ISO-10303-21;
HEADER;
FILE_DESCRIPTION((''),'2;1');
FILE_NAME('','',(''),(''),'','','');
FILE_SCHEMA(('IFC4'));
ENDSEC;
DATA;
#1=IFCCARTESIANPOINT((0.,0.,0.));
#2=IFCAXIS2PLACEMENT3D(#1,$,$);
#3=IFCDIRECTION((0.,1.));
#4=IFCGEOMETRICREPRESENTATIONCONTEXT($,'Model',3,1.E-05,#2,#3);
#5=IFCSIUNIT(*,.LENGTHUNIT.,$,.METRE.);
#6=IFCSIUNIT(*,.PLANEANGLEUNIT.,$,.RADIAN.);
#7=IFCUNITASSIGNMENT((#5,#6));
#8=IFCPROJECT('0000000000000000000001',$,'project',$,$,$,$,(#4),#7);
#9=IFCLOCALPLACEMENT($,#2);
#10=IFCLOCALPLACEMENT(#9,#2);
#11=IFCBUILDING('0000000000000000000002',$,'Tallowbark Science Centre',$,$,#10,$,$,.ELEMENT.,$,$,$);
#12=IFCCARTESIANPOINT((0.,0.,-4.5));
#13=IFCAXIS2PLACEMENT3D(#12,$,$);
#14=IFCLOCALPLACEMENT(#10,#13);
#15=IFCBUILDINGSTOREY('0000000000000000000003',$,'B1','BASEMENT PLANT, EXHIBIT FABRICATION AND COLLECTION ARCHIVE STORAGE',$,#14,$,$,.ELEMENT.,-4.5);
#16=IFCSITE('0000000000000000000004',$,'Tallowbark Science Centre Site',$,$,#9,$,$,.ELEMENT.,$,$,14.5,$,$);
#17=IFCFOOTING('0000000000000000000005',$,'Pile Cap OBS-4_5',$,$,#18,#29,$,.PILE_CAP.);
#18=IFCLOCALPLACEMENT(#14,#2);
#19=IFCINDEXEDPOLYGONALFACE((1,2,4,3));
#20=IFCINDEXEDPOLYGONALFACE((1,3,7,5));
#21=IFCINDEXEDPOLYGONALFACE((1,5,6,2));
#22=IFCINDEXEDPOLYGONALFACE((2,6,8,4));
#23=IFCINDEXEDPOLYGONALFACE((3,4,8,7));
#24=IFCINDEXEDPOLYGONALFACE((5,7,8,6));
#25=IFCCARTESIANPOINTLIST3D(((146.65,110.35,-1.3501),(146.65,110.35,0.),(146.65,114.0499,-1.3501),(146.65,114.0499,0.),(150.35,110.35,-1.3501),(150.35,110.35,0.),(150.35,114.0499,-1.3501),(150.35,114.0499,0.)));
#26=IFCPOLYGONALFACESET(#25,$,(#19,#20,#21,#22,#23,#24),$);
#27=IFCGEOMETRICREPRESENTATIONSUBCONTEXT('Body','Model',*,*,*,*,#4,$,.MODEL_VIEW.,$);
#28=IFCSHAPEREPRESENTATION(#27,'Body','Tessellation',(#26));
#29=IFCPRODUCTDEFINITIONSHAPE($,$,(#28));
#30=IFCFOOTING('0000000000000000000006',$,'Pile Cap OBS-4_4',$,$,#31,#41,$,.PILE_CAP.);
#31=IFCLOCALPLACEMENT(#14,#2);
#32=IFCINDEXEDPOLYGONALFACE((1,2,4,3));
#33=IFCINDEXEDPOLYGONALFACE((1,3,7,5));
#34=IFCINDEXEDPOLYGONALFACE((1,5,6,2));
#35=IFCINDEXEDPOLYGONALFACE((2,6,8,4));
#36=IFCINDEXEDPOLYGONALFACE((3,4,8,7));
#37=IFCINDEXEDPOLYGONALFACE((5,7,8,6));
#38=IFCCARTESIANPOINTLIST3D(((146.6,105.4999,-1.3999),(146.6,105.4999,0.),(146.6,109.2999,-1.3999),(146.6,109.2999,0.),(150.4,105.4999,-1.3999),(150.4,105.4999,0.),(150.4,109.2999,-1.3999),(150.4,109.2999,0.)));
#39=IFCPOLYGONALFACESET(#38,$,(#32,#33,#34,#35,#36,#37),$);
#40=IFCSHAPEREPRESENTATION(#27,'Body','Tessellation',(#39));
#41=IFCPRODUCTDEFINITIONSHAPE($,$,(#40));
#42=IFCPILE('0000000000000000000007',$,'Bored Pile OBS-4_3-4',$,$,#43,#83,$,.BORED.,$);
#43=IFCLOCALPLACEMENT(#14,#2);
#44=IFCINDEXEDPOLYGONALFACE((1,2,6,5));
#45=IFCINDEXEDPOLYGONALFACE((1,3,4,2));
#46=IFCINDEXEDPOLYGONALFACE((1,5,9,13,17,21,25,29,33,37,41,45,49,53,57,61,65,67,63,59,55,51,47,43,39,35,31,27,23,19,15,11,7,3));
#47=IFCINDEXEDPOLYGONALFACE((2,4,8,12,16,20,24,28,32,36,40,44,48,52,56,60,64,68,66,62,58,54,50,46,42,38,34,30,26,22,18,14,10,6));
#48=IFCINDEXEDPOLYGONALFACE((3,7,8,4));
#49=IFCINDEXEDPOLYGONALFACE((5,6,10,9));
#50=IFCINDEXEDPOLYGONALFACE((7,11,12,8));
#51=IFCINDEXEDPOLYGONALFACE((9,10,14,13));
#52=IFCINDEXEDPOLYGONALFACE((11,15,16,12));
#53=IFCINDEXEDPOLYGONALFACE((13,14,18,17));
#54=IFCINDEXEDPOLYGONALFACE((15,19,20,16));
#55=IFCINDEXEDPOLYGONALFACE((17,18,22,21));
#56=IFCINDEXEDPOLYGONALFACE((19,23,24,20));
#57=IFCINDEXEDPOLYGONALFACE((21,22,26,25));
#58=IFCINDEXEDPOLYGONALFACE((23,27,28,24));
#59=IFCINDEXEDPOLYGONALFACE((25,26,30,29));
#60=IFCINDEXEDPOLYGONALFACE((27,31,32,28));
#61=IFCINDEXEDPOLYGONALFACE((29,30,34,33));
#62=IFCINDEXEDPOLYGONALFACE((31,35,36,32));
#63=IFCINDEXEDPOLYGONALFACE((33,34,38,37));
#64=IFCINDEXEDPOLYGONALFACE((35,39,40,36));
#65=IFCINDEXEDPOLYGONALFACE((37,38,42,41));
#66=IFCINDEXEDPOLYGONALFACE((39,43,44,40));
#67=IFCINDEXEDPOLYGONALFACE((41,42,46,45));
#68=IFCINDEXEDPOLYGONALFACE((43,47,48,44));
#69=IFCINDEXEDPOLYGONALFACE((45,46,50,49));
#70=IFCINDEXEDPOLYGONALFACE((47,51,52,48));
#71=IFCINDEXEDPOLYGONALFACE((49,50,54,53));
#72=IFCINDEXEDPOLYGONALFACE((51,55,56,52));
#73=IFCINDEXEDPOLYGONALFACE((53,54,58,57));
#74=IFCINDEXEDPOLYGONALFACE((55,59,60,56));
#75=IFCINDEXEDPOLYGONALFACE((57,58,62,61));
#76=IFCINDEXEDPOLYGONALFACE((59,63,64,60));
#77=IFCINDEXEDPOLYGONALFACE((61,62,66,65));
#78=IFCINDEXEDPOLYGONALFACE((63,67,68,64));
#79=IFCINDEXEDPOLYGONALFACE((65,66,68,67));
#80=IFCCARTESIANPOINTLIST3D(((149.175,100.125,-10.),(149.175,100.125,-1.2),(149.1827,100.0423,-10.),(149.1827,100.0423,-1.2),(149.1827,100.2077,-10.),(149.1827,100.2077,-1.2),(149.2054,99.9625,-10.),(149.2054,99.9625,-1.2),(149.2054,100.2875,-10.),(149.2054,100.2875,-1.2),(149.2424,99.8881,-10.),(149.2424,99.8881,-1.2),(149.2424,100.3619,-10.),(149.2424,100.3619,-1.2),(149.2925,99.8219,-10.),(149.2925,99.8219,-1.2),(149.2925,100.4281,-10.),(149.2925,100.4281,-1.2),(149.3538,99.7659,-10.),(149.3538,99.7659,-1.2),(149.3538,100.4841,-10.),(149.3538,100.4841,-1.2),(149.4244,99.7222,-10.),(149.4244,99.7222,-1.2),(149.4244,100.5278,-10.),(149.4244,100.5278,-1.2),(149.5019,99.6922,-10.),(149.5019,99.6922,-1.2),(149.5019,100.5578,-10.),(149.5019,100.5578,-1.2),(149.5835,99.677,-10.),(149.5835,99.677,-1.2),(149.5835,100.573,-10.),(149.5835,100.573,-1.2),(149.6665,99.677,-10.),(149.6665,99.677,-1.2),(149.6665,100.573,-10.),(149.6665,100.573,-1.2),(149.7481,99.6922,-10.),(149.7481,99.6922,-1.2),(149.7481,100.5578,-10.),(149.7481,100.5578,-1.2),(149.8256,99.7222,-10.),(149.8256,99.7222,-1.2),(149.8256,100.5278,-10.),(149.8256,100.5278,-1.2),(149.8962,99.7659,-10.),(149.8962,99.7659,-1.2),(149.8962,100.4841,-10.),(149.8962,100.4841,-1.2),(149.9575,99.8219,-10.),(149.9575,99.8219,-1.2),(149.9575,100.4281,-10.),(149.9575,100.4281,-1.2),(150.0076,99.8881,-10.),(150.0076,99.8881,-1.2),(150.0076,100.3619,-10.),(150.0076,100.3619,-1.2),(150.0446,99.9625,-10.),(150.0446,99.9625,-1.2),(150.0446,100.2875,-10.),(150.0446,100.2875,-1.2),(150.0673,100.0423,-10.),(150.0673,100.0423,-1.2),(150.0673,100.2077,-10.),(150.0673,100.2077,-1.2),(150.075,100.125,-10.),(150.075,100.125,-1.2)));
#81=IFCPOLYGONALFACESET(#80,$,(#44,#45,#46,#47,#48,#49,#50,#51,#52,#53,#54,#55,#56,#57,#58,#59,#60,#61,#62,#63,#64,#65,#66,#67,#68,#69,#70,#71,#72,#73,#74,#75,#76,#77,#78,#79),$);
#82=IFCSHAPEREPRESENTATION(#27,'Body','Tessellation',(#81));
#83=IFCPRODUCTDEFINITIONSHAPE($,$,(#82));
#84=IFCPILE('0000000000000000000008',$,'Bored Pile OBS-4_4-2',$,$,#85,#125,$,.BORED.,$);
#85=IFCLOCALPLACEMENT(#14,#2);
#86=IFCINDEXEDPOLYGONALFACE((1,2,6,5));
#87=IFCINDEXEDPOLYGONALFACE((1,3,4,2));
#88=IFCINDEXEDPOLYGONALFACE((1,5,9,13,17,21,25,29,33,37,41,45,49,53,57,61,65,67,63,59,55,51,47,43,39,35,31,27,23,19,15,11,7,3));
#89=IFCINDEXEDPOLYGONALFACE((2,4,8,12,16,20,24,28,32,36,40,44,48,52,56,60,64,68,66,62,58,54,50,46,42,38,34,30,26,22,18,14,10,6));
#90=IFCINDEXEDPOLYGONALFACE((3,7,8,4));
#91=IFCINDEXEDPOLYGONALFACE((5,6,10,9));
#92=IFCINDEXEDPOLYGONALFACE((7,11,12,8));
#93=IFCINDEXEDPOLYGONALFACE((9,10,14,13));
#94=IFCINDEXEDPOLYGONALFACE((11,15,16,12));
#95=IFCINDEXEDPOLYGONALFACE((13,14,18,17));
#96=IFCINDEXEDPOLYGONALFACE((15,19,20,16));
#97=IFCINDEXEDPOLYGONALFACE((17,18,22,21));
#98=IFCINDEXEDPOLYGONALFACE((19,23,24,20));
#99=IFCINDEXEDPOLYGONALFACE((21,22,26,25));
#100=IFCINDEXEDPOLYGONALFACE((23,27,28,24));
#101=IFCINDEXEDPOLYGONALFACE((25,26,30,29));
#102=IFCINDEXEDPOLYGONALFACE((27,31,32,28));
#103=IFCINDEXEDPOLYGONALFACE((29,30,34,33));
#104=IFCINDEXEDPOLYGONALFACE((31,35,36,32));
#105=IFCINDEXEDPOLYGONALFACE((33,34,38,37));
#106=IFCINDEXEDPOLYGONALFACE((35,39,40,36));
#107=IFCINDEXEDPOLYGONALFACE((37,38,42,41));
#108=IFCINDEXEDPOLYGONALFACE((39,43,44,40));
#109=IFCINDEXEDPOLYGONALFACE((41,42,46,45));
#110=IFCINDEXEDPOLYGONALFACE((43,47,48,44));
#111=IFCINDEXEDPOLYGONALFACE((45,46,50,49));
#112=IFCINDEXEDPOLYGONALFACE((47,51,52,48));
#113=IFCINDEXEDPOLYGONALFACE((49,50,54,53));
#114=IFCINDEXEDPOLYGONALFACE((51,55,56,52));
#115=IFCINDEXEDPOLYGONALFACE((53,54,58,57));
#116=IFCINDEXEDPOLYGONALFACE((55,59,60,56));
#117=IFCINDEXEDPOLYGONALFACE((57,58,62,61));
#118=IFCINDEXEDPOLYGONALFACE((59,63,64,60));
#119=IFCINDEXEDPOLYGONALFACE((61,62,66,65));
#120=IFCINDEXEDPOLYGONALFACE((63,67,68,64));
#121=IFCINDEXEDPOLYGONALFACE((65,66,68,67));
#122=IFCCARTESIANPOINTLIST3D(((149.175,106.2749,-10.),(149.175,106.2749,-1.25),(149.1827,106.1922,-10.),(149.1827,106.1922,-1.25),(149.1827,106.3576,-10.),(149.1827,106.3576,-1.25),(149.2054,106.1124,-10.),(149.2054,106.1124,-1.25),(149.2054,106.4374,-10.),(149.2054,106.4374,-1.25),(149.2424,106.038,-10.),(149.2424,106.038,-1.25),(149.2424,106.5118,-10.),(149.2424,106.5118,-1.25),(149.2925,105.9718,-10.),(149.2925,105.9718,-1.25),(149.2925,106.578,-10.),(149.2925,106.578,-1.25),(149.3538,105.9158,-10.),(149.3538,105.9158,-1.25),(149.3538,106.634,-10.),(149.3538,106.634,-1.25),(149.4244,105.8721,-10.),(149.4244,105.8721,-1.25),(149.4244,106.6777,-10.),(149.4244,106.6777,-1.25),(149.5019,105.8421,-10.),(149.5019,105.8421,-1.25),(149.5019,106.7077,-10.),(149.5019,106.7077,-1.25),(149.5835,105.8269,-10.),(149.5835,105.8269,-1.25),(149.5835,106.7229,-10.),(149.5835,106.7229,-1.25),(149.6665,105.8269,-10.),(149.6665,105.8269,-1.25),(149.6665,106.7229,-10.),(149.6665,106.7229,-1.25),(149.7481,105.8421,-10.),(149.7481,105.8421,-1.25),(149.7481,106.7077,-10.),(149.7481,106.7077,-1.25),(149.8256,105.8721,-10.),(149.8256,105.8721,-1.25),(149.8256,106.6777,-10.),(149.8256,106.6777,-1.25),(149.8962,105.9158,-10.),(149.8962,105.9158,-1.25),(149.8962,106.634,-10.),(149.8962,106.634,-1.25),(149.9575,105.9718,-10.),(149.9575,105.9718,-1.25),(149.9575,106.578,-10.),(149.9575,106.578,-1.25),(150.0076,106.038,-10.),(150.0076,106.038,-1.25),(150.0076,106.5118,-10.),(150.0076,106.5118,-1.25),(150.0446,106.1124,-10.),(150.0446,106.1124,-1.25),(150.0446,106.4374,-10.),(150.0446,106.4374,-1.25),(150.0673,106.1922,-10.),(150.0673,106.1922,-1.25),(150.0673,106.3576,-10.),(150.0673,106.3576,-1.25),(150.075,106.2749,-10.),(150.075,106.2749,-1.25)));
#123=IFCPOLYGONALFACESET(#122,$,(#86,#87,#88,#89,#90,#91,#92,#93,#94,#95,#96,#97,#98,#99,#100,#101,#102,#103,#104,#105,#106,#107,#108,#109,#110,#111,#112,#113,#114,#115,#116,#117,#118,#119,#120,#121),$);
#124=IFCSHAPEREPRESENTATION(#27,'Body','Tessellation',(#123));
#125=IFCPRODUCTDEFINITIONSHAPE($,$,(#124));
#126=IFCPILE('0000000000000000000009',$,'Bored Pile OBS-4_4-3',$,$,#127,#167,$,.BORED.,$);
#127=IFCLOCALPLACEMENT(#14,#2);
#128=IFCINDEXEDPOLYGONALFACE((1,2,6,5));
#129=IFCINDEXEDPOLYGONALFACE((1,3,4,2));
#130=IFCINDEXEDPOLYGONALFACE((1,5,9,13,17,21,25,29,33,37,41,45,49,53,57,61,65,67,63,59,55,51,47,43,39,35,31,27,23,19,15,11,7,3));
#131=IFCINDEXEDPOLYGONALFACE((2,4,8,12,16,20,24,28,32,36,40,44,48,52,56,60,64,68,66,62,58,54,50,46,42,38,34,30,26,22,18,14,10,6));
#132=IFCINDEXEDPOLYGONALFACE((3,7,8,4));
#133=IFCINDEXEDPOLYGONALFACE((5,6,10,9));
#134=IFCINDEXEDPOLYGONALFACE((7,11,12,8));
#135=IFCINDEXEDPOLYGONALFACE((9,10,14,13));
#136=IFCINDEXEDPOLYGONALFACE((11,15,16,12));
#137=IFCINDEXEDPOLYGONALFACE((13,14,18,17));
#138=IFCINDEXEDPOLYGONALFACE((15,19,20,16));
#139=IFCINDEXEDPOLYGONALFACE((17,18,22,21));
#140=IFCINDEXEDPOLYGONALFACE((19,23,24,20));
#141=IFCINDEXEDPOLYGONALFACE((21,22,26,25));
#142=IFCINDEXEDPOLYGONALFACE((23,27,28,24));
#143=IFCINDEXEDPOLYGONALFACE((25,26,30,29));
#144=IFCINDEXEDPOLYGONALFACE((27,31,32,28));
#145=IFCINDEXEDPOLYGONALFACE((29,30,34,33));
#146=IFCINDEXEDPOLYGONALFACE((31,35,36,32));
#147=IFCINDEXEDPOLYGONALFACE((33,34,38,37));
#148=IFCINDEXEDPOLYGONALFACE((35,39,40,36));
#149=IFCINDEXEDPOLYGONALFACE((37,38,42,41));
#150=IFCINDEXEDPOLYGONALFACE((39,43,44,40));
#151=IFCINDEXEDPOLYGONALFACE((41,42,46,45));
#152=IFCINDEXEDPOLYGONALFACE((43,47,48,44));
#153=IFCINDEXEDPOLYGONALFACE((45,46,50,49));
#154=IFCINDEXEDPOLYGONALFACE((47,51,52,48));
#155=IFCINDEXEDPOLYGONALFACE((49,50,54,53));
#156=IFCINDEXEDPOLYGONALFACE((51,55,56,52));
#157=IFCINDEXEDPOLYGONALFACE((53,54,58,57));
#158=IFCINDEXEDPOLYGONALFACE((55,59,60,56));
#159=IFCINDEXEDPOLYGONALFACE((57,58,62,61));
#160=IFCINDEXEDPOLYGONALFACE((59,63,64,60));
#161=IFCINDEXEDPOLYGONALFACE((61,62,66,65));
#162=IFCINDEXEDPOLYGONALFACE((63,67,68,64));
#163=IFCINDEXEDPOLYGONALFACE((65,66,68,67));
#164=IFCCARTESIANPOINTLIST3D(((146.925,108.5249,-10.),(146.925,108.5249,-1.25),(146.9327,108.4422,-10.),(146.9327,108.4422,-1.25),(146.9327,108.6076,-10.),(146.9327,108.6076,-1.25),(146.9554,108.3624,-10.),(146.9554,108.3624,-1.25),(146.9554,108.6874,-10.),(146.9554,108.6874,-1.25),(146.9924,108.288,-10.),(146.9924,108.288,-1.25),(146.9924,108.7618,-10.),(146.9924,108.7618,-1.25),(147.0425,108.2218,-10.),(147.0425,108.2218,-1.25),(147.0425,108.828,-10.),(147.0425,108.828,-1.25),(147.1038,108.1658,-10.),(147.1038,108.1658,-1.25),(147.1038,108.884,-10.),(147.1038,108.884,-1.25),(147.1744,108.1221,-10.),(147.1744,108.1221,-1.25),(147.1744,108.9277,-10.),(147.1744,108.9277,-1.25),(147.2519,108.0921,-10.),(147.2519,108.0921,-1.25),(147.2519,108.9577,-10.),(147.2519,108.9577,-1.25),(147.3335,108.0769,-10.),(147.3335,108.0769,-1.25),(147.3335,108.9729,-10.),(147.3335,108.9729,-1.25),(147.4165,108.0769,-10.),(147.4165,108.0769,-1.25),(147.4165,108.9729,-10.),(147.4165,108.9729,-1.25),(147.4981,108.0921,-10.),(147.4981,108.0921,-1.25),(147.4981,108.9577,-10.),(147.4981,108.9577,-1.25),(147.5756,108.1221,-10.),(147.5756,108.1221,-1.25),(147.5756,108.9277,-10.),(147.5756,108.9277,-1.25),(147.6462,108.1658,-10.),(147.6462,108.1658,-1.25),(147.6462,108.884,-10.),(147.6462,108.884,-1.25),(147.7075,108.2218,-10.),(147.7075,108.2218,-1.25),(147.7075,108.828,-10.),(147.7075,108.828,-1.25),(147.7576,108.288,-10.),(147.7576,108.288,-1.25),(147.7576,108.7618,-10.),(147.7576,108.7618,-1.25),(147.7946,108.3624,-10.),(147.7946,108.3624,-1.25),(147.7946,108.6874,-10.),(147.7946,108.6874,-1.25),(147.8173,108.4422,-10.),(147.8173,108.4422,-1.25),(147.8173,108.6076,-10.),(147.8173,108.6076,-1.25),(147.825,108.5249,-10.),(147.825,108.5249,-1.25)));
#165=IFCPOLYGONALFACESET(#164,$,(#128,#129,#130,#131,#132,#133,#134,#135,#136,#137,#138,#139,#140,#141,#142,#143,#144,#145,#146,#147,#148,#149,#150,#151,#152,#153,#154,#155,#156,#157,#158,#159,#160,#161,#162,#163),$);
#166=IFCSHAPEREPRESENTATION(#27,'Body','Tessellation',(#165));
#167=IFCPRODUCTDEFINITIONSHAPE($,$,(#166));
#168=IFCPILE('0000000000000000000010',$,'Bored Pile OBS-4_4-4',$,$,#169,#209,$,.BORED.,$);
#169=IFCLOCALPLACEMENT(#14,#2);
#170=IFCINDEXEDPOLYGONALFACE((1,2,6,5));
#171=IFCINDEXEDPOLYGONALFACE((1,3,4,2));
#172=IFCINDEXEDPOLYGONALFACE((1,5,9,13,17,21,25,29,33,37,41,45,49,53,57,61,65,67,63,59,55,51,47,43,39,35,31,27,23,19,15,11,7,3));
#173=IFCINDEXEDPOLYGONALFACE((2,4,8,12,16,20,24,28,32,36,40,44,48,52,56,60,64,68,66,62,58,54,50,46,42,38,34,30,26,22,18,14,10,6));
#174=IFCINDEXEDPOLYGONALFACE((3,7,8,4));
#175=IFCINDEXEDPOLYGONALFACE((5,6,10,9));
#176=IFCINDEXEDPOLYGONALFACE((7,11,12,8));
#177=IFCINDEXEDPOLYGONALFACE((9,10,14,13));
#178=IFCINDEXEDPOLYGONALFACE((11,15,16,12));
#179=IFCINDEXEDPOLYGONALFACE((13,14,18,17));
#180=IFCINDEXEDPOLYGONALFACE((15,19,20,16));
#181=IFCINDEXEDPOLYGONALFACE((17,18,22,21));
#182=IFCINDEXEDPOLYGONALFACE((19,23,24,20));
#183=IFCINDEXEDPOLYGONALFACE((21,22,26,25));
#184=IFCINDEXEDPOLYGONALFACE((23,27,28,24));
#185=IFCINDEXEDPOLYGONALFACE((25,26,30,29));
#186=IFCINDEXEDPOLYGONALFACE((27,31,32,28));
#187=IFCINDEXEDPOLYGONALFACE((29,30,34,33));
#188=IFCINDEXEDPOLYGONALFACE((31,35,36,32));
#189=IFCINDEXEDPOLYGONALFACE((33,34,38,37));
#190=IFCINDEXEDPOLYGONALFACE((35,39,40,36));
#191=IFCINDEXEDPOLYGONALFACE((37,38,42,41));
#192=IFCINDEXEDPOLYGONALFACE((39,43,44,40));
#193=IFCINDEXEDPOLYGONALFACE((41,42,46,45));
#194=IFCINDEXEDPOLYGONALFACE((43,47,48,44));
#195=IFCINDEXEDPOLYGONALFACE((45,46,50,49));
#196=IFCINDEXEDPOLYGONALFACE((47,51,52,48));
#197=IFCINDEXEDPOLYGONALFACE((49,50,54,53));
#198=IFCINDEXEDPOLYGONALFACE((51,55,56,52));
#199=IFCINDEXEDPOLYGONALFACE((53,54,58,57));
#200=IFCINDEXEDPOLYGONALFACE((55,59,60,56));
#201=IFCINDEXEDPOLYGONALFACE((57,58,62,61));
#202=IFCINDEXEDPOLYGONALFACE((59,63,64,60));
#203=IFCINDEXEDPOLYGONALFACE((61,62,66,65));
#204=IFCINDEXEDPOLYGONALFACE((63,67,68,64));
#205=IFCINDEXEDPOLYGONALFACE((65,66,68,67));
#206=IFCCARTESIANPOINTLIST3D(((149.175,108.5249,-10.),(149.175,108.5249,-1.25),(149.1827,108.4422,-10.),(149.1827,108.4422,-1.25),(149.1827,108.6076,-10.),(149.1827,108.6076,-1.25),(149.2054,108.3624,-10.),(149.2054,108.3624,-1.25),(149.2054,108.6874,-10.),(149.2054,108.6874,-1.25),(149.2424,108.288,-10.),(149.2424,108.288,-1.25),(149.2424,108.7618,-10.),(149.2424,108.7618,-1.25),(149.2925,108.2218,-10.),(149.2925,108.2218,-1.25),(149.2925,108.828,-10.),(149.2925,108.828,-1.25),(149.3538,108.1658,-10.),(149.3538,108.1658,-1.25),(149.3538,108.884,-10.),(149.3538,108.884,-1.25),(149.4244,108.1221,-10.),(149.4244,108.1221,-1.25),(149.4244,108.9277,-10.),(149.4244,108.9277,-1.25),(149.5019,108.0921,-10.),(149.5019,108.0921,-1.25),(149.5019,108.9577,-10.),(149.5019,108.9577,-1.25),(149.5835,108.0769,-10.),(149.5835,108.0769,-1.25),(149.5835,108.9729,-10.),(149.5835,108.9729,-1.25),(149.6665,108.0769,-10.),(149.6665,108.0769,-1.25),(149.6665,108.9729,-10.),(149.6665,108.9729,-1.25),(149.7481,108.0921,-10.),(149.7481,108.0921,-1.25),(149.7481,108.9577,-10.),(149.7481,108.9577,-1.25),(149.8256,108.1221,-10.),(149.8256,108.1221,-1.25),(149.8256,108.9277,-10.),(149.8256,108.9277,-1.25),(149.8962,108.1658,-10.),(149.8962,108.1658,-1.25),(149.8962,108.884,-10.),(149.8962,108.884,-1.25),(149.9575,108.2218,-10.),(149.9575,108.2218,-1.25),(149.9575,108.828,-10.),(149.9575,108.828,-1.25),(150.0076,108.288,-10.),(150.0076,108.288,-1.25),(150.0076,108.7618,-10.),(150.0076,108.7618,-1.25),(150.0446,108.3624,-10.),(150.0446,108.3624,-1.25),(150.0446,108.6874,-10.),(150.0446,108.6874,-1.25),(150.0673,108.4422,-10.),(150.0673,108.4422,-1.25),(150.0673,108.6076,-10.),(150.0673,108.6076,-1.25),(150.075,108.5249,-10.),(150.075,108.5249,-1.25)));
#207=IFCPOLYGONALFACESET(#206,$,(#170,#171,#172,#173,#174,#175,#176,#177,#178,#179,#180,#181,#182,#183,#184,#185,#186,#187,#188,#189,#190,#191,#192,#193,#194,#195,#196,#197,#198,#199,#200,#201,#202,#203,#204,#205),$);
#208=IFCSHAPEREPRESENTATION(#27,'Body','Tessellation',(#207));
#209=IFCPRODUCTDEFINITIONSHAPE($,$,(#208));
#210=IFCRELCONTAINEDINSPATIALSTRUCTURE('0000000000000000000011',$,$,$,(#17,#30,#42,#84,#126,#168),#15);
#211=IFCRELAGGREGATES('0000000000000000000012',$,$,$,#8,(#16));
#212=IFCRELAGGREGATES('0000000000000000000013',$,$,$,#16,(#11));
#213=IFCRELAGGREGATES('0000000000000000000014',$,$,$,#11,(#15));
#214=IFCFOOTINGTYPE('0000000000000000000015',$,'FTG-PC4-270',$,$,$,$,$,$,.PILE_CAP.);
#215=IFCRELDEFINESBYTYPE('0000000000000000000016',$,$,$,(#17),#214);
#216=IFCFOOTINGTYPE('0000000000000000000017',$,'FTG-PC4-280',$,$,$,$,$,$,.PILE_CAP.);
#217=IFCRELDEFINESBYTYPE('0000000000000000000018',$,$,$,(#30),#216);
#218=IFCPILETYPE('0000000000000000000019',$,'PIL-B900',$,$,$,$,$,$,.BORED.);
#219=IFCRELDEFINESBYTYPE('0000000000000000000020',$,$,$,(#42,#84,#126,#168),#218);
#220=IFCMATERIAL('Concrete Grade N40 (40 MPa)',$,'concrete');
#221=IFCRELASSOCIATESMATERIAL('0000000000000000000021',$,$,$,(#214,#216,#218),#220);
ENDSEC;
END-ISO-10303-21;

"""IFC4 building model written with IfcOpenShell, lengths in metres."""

from ifc_helpers import new_model, si_unit, direction, frame, origin, origin_2d, place, context, subcontext, project, spatial, rectangle, circle, extrude, material, material_profile, profile_set, type_object, element, save


model = new_model("IFC4")

# Units and contexts
model_context = context("Model", 3, precision=1e-05, world=origin(), true_north=direction((0.0, 1.0)))
body_context = subcontext(model_context, "Body", "Model", "MODEL_VIEW")
ifc_project = project(units=[si_unit("LENGTHUNIT", "METRE"), si_unit("PLANEANGLEUNIT", "RADIAN")], contexts=[model_context])

# Site, building, storey
site_placement = place(None, origin())
site = spatial("IfcSite", under=ifc_project, at=site_placement, Name="Tallowbark Science Centre Site", CompositionType="ELEMENT", RefElevation=14.5)
building_placement = place(site_placement, origin())
building = spatial("IfcBuilding", under=site, at=building_placement, Name="Tallowbark Science Centre", CompositionType="ELEMENT")
storey_placement = place(building_placement, frame((0.0, 0.0, -4.5)))
storey = spatial("IfcBuildingStorey", under=building, at=storey_placement, Name="B1", Description="BASEMENT PLANT, EXHIBIT FABRICATION AND COLLECTION ARCHIVE STORAGE", CompositionType="ELEMENT", Elevation=-4.5)

# Footings
ifc_material_1 = material(Name="Concrete Grade N40 (40 MPa)", Category="concrete")
footing_type_1 = type_object("IfcFootingType", Name="FTG-PC4-270", PredefinedType="PILE_CAP", material=ifc_material_1)
footing_1_placement = place(storey_placement, frame((148.5, 112.2, -1.3501), z_axis=(0.0, 0.0, 1.0), x_axis=(1.0, 0.0, 0.0)))
element("IfcFooting", 1, at=footing_1_placement, inside=storey, type_object=footing_type_1, Name="Pile Cap OBS-4_5", PredefinedType="PILE_CAP", context=body_context, shape_type="SweptSolid", body=[
    extrude(rectangle(XDim=3.7, YDim=3.7, at=origin_2d()), origin(), (0.0, 0.0, 1.0), 1.3501),
])
footing_type_2 = type_object("IfcFootingType", Name="FTG-PC4-280", PredefinedType="PILE_CAP", material=ifc_material_1)
footing_2_placement = place(storey_placement, frame((148.5, 107.3999, -1.3999), z_axis=(0.0, 0.0, 1.0), x_axis=(1.0, 0.0, 0.0)))
element("IfcFooting", 2, at=footing_2_placement, inside=storey, type_object=footing_type_2, Name="Pile Cap OBS-4_4", PredefinedType="PILE_CAP", context=body_context, shape_type="SweptSolid", body=[
    extrude(rectangle(XDim=3.8, YDim=3.8, at=origin_2d()), origin(), (0.0, 0.0, 1.0), 1.3999),
])

# Piles
ifc_material_profile_1 = material_profile(ifc_material_1, circle(Radius=0.45, at=origin_2d()), Name="PILE900")
ifc_profile_set_1 = profile_set([ifc_material_profile_1], Name="Concrete Grade N40 (40 MPa)")
pile_type = type_object("IfcPileType", Name="PIL-B900", PredefinedType="BORED", material=ifc_profile_set_1)
pile_placement = place(storey_placement, frame((149.625, 100.125, -1.2), z_axis=(0.0, 0.0, -1.0), x_axis=(1.0, 0.0, 0.0)))
element("IfcPile", 3, at=pile_placement, inside=storey, type_object=pile_type, Name="Bored Pile OBS-4_3-4", PredefinedType="BORED", context=body_context, shape_type="SweptSolid", body=[
    extrude(circle(Radius=0.45, at=origin_2d()), origin(), (0.0, 0.0, 1.0), 8.8),
])
for number, where, z_axis, x_axis, name in (
    (4, (149.625, 106.2749, -1.25), (0.0, 0.0, -1.0), (1.0, 0.0, 0.0), "Bored Pile OBS-4_4-2"),
    (5, (147.375, 108.5249, -1.25), (0.0, 0.0, -1.0), (1.0, 0.0, 0.0), "Bored Pile OBS-4_4-3"),
    (6, (149.625, 108.5249, -1.25), (0.0, 0.0, -1.0), (1.0, 0.0, 0.0), "Bored Pile OBS-4_4-4"),
):
    element("IfcPile", number, at=place(storey_placement, frame(where, z_axis=z_axis, x_axis=x_axis)), inside=storey, type_object=pile_type, Name=name, PredefinedType="BORED", context=body_context, shape_type="SweptSolid", body=[
        extrude(circle(Radius=0.45, at=origin_2d()), origin(), (0.0, 0.0, 1.0), 8.75),
    ])

save(model, "model.ifc")
